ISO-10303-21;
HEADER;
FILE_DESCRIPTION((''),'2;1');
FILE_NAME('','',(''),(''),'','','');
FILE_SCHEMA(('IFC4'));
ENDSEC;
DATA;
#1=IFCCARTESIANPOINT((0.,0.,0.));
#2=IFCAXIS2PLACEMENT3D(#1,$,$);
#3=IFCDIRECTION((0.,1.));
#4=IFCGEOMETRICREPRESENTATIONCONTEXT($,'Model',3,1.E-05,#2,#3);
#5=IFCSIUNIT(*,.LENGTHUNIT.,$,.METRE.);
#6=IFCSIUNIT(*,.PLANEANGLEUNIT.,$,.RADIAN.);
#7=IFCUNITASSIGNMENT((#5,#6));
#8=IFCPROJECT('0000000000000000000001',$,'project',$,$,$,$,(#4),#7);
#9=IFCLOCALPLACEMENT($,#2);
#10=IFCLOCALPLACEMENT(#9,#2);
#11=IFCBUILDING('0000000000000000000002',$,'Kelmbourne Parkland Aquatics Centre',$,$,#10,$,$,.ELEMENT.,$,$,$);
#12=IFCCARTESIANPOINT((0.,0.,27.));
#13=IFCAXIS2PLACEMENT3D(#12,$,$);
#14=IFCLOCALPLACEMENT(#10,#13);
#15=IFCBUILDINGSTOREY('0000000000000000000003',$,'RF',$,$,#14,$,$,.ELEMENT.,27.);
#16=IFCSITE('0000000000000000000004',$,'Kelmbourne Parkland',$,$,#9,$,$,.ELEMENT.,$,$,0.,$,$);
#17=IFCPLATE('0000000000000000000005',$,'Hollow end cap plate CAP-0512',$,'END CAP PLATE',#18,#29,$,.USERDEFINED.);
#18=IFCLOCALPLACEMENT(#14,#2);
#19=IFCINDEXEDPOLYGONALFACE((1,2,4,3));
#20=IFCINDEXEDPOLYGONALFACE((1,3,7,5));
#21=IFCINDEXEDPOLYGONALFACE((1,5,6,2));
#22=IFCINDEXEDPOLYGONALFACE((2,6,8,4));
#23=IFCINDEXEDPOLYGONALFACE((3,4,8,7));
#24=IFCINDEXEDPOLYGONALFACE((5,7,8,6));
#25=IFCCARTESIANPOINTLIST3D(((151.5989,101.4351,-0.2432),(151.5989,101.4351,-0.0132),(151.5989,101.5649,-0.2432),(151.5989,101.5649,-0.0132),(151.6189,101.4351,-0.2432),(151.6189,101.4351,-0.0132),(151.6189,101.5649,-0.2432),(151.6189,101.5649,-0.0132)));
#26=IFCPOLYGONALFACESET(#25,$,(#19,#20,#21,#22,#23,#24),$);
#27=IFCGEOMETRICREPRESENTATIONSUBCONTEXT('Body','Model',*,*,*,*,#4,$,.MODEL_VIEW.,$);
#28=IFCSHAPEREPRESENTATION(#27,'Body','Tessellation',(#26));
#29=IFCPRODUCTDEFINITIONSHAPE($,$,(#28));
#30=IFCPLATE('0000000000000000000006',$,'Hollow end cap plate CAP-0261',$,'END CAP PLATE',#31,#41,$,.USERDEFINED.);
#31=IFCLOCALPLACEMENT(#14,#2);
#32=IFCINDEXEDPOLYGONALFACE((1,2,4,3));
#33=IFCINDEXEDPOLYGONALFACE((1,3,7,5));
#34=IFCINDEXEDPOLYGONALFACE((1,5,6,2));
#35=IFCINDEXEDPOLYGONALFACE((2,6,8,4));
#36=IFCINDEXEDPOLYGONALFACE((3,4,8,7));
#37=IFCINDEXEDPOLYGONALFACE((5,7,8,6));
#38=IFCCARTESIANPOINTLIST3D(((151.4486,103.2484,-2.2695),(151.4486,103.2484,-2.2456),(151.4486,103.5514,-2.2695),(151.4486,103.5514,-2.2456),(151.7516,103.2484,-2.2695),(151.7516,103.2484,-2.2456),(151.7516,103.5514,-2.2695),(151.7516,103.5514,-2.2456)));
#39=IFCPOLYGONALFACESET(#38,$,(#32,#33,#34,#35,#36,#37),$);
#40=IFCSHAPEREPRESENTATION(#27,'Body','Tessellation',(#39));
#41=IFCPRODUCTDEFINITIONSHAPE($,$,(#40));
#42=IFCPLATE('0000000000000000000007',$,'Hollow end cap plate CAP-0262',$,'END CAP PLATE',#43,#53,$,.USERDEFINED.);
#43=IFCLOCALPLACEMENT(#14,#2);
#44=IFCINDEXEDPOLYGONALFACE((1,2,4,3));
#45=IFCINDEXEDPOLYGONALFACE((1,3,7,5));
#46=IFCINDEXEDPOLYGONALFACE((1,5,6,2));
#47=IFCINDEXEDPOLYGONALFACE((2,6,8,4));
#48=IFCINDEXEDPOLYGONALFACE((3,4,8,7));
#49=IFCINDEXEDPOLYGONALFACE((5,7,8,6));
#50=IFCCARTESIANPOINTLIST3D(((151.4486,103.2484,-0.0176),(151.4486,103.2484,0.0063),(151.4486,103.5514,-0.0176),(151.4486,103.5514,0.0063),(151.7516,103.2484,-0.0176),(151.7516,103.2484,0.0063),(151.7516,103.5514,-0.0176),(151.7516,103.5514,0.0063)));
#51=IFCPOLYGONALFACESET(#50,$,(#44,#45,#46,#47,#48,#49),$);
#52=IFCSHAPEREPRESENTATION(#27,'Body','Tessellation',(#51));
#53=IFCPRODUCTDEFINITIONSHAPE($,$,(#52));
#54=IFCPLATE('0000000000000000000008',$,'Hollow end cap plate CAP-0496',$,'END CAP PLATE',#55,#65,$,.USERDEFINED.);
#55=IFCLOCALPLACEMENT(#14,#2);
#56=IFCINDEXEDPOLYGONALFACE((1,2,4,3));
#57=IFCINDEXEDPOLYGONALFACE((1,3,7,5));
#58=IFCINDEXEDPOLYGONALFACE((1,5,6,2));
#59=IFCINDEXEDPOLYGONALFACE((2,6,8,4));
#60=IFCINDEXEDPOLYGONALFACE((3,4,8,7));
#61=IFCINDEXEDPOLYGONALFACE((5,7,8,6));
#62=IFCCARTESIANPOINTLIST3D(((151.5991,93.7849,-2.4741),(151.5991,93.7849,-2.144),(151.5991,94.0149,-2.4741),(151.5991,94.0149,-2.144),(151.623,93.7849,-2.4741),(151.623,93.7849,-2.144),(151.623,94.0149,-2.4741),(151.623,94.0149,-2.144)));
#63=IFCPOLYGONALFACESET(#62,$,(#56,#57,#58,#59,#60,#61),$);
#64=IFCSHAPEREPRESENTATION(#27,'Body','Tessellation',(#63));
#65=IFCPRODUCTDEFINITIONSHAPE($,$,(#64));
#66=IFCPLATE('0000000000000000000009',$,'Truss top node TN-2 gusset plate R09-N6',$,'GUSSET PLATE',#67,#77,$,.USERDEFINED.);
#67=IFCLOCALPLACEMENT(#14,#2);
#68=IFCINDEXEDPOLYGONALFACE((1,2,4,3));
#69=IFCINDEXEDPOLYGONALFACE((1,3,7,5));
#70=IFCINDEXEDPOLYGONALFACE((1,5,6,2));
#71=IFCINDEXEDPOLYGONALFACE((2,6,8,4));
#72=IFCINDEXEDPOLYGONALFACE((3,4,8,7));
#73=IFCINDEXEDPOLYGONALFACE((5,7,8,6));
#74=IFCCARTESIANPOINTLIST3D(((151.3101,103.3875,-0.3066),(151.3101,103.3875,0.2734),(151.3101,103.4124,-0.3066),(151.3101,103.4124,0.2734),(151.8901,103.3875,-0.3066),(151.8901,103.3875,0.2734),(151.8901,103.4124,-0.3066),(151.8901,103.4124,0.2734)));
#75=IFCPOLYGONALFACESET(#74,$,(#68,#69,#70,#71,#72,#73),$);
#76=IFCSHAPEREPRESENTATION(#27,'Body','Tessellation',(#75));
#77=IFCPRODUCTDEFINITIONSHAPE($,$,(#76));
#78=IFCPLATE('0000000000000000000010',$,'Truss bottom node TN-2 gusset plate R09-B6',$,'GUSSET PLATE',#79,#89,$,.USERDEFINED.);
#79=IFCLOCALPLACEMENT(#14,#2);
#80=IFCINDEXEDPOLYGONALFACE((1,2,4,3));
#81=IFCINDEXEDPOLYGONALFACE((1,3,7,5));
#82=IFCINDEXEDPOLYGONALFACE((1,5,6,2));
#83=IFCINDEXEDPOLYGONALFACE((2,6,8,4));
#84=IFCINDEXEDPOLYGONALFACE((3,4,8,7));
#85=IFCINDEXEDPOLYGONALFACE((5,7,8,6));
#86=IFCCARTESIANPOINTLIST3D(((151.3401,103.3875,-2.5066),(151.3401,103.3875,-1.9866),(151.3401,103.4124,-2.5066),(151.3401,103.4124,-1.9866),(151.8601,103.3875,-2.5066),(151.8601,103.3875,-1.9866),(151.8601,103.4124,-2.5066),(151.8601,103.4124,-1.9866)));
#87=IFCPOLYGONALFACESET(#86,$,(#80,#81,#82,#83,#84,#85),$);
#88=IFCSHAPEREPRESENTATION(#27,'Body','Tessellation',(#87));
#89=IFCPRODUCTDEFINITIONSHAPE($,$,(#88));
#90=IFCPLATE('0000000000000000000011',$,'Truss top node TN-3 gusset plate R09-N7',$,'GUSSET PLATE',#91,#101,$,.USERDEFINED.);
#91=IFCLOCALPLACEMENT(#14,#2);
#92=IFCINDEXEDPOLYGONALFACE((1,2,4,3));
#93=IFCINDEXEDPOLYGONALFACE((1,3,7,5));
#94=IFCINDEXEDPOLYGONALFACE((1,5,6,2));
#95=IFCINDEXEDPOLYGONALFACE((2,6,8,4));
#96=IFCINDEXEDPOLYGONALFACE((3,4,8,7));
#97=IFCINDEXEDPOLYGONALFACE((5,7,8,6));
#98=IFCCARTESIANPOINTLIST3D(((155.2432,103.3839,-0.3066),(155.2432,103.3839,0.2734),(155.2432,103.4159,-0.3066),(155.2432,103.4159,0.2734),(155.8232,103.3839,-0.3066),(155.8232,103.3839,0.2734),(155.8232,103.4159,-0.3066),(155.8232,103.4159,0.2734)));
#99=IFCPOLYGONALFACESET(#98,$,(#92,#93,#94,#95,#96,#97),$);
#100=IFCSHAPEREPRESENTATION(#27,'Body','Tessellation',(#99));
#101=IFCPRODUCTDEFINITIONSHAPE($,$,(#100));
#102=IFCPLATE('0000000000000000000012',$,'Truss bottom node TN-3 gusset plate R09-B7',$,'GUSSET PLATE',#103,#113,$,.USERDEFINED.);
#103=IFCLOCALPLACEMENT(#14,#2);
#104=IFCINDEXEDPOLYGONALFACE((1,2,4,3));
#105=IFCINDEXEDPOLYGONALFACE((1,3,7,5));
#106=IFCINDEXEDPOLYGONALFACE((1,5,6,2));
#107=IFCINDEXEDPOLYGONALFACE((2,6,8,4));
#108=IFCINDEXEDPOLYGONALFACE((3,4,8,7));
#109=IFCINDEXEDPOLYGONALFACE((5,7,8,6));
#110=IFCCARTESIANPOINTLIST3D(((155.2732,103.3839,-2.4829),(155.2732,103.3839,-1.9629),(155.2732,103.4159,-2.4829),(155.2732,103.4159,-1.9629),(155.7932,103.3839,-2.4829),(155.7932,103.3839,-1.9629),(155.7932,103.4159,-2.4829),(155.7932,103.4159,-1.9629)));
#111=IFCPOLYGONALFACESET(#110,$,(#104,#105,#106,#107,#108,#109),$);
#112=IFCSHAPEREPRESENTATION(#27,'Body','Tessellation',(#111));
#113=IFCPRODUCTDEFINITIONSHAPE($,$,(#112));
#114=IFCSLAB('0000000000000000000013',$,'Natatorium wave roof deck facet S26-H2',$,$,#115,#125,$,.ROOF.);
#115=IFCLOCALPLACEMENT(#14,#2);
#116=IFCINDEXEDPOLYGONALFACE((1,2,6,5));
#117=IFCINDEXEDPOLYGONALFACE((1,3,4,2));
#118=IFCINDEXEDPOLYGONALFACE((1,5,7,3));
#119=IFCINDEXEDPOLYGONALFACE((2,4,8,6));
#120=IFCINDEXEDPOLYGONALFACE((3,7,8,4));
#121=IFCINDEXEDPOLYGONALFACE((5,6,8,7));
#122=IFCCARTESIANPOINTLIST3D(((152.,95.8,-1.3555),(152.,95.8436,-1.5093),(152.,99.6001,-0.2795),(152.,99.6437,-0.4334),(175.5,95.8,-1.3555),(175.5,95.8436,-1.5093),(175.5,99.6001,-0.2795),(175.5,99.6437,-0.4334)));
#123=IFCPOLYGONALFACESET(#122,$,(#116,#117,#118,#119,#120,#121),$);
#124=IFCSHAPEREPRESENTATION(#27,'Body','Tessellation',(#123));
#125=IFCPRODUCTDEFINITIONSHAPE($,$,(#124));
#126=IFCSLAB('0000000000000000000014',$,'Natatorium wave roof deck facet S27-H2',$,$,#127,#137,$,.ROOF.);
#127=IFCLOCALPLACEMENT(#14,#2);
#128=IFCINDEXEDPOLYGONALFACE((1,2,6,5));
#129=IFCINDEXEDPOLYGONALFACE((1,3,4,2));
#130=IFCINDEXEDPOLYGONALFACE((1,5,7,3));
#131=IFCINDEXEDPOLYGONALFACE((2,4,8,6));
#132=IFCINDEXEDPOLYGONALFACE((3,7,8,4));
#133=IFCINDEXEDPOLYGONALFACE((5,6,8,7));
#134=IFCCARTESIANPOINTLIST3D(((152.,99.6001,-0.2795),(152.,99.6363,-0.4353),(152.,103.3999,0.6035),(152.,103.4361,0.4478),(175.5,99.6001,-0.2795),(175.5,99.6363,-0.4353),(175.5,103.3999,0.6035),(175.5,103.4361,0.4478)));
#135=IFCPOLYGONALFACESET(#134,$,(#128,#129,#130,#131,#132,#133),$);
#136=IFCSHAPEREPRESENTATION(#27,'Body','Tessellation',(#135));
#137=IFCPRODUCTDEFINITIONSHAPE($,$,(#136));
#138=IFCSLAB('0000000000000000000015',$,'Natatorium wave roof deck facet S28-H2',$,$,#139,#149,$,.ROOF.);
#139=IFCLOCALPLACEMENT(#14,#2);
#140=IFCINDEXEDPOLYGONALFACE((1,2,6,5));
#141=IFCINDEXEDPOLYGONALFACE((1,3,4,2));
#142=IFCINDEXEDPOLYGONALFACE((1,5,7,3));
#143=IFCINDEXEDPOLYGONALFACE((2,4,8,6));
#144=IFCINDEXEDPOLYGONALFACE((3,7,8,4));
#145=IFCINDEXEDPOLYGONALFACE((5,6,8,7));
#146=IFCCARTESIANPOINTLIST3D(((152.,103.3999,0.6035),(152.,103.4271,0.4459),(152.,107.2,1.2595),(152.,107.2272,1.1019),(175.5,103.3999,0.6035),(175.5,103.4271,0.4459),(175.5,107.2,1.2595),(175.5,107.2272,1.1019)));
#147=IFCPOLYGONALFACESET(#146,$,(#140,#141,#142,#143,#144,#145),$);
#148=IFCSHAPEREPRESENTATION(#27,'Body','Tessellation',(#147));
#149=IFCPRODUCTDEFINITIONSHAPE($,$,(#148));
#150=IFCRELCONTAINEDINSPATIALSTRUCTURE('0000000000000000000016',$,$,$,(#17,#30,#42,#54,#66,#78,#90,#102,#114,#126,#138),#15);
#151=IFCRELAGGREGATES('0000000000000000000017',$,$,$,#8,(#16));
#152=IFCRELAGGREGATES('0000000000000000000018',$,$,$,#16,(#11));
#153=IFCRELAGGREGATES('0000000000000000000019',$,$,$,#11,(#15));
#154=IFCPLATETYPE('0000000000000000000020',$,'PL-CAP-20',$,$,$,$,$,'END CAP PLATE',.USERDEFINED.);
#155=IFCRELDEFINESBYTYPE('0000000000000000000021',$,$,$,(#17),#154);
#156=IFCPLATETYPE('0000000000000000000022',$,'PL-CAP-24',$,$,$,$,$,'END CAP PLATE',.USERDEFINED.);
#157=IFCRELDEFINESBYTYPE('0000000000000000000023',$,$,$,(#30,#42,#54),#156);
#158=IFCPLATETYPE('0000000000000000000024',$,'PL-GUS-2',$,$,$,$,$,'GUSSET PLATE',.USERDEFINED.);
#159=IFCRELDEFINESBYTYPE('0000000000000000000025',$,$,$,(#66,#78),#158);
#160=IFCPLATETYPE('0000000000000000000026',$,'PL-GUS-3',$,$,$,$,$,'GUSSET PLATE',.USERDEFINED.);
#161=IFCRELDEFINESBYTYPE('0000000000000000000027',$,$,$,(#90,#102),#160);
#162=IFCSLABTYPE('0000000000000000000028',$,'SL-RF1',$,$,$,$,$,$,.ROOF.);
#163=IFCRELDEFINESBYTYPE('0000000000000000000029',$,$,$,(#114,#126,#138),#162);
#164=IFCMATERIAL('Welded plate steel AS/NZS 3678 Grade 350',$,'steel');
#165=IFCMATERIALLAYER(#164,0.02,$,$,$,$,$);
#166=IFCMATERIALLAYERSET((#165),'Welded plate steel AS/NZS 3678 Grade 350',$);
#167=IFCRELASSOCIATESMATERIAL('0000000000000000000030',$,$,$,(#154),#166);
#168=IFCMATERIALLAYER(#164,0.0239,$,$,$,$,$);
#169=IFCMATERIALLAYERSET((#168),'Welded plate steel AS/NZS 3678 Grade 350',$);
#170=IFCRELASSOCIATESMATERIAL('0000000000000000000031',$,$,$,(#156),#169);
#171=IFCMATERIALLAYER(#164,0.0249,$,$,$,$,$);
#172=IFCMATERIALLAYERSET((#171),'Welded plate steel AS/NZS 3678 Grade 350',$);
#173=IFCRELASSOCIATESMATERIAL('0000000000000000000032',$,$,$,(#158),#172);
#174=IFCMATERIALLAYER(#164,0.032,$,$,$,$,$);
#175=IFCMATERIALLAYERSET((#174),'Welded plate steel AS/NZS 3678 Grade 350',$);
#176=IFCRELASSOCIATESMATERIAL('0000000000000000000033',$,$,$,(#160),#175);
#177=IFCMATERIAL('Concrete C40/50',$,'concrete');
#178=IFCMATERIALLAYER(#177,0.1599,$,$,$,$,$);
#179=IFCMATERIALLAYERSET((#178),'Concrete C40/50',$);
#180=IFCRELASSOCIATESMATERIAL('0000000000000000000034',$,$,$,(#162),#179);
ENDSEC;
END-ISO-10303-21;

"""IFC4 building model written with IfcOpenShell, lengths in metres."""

from ifc_helpers import new_model, si_unit, direction, frame, origin, origin_2d, place, context, subcontext, project, spatial, polyline, rectangle, outline, extrude, material, layer, layer_set, type_object, element, save


model = new_model("IFC4")

# Units and contexts
model_context = context("Model", 3, precision=1e-05, world=origin(), true_north=direction((0.0, 1.0)))
body_context = subcontext(model_context, "Body", "Model", "MODEL_VIEW")
ifc_project = project(units=[si_unit("LENGTHUNIT", "METRE"), si_unit("PLANEANGLEUNIT", "RADIAN")], contexts=[model_context])

# Site, building, storey
site_placement = place(None, origin())
site = spatial("IfcSite", under=ifc_project, at=site_placement, Name="Kelmbourne Parkland", CompositionType="ELEMENT", RefElevation=0.0)
building_placement = place(site_placement, origin())
building = spatial("IfcBuilding", under=site, at=building_placement, Name="Kelmbourne Parkland Aquatics Centre", CompositionType="ELEMENT")
storey_placement = place(building_placement, frame((0.0, 0.0, 27.0)))
storey = spatial("IfcBuildingStorey", under=building, at=storey_placement, Name="RF", CompositionType="ELEMENT", Elevation=27.0)

# Shared definitions
ifc_material_1 = material(Name="Welded plate steel AS/NZS 3678 Grade 350", Category="steel")

# Plates
ifc_layer_1 = layer(ifc_material_1, 0.02)
ifc_layer_set_1 = layer_set([ifc_layer_1], Name="Welded plate steel AS/NZS 3678 Grade 350")
plate_type_1 = type_object("IfcPlateType", Name="PL-CAP-20", ElementType="END CAP PLATE", PredefinedType="USERDEFINED", material=ifc_layer_set_1)
plate_1_placement = place(storey_placement, frame((151.6089, 101.5, -0.2432), z_axis=(0.0, 0.0, 1.0), x_axis=(1.0, 0.0, 0.0)))
element("IfcPlate", 1, at=plate_1_placement, inside=storey, type_object=plate_type_1, Name="Hollow end cap plate CAP-0512", ObjectType="END CAP PLATE", PredefinedType="USERDEFINED", context=body_context, shape_type="SweptSolid", body=[
    extrude(rectangle(XDim=0.02, YDim=0.1299, at=origin_2d()), origin(), (0.0, 0.0, 1.0), 0.23),
])
ifc_layer_2 = layer(ifc_material_1, 0.0239)
ifc_layer_set_2 = layer_set([ifc_layer_2], Name="Welded plate steel AS/NZS 3678 Grade 350")
plate_type_2 = type_object("IfcPlateType", Name="PL-CAP-24", ElementType="END CAP PLATE", PredefinedType="USERDEFINED", material=ifc_layer_set_2)
for number, where, z_axis, x_axis, name in (
    (2, (151.6001, 103.3999, -2.2695), (0.0, 0.0, 1.0), (1.0, 0.0, 0.0), "Hollow end cap plate CAP-0261"),
    (3, (151.6001, 103.3999, -0.0176), (0.0, 0.0, 1.0), (1.0, 0.0, 0.0), "Hollow end cap plate CAP-0262"),
):
    element("IfcPlate", number, at=place(storey_placement, frame(where, z_axis=z_axis, x_axis=x_axis)), inside=storey, type_object=plate_type_2, Name=name, ObjectType="END CAP PLATE", PredefinedType="USERDEFINED", context=body_context, shape_type="SweptSolid", body=[
        extrude(rectangle(XDim=0.303, YDim=0.303, at=origin_2d()), origin(), (0.0, 0.0, 1.0), 0.0239),
    ])
plate_2_placement = place(storey_placement, frame((151.6111, 93.8999, -2.4741), z_axis=(0.0, 0.0, 1.0), x_axis=(1.0, 0.0, 0.0)))
element("IfcPlate", 4, at=plate_2_placement, inside=storey, type_object=plate_type_2, Name="Hollow end cap plate CAP-0496", ObjectType="END CAP PLATE", PredefinedType="USERDEFINED", context=body_context, shape_type="SweptSolid", body=[
    extrude(rectangle(XDim=0.0239, YDim=0.23, at=origin_2d()), origin(), (0.0, 0.0, 1.0), 0.3301),
])
ifc_layer_3 = layer(ifc_material_1, 0.0249)
ifc_layer_set_3 = layer_set([ifc_layer_3], Name="Welded plate steel AS/NZS 3678 Grade 350")
plate_type_3 = type_object("IfcPlateType", Name="PL-GUS-2", ElementType="GUSSET PLATE", PredefinedType="USERDEFINED", material=ifc_layer_set_3)
plate_3_placement = place(storey_placement, frame((151.6001, 103.3999, -0.3066), z_axis=(0.0, 0.0, 1.0), x_axis=(1.0, 0.0, 0.0)))
element("IfcPlate", 5, at=plate_3_placement, inside=storey, type_object=plate_type_3, Name="Truss top node TN-2 gusset plate R09-N6", ObjectType="GUSSET PLATE", PredefinedType="USERDEFINED", context=body_context, shape_type="SweptSolid", body=[
    extrude(rectangle(XDim=0.5801, YDim=0.0249, at=origin_2d()), origin(), (0.0, 0.0, 1.0), 0.5801),
])
plate_4_placement = place(storey_placement, frame((151.6001, 103.3999, -2.5066), z_axis=(0.0, 0.0, 1.0), x_axis=(1.0, 0.0, 0.0)))
element("IfcPlate", 6, at=plate_4_placement, inside=storey, type_object=plate_type_3, Name="Truss bottom node TN-2 gusset plate R09-B6", ObjectType="GUSSET PLATE", PredefinedType="USERDEFINED", context=body_context, shape_type="SweptSolid", body=[
    extrude(rectangle(XDim=0.52, YDim=0.0249, at=origin_2d()), origin(), (0.0, 0.0, 1.0), 0.52),
])
ifc_layer_4 = layer(ifc_material_1, 0.032)
ifc_layer_set_4 = layer_set([ifc_layer_4], Name="Welded plate steel AS/NZS 3678 Grade 350")
plate_type_4 = type_object("IfcPlateType", Name="PL-GUS-3", ElementType="GUSSET PLATE", PredefinedType="USERDEFINED", material=ifc_layer_set_4)
plate_5_placement = place(storey_placement, frame((155.5332, 103.3999, -0.3066), z_axis=(0.0, 0.0, 1.0), x_axis=(1.0, 0.0, 0.0)))
element("IfcPlate", 7, at=plate_5_placement, inside=storey, type_object=plate_type_4, Name="Truss top node TN-3 gusset plate R09-N7", ObjectType="GUSSET PLATE", PredefinedType="USERDEFINED", context=body_context, shape_type="SweptSolid", body=[
    extrude(rectangle(XDim=0.5801, YDim=0.032, at=origin_2d()), origin(), (0.0, 0.0, 1.0), 0.5801),
])
plate_6_placement = place(storey_placement, frame((155.5332, 103.3999, -2.4829), z_axis=(0.0, 0.0, 1.0), x_axis=(1.0, 0.0, 0.0)))
element("IfcPlate", 8, at=plate_6_placement, inside=storey, type_object=plate_type_4, Name="Truss bottom node TN-3 gusset plate R09-B7", ObjectType="GUSSET PLATE", PredefinedType="USERDEFINED", context=body_context, shape_type="SweptSolid", body=[
    extrude(rectangle(XDim=0.52, YDim=0.032, at=origin_2d()), origin(), (0.0, 0.0, 1.0), 0.52),
])

# Slabs
ifc_material_2 = material(Name="Concrete C40/50", Category="concrete")
ifc_layer_5 = layer(ifc_material_2, 0.1599)
ifc_layer_set_5 = layer_set([ifc_layer_5], Name="Concrete C40/50")
slab_type = type_object("IfcSlabType", Name="SL-RF1", PredefinedType="ROOF", material=ifc_layer_set_5)
slab_1_placement = place(storey_placement, frame((152.0, 95.8, -1.3555), z_axis=(0.0, -0.272426, 0.962177), x_axis=(1.0, 0.0, 0.0)))
element("IfcSlab", 9, at=slab_1_placement, inside=storey, type_object=slab_type, Name="Natatorium wave roof deck facet S26-H2", PredefinedType="ROOF", context=body_context, shape_type="SweptSolid", body=[
    extrude(outline(polyline([(0.0, 0.0), (23.5, 0.0), (23.5, 3.9494), (0.0, 3.9494), (0.0, 0.0)])), origin(), (0.0, 0.0, -1.0), 0.1599),
])
slab_2_placement = place(storey_placement, frame((152.0, 99.6001, -0.2795), z_axis=(0.0, -0.226363, 0.974043), x_axis=(1.0, 0.0, 0.0)))
element("IfcSlab", 10, at=slab_2_placement, inside=storey, type_object=slab_type, Name="Natatorium wave roof deck facet S27-H2", PredefinedType="ROOF", context=body_context, shape_type="SweptSolid", body=[
    extrude(outline(polyline([(0.0, 0.0), (23.5, 0.0), (23.5, 3.9011), (0.0, 3.9011), (0.0, 0.0)])), origin(), (0.0, 0.0, -1.0), 0.1599),
])
slab_3_placement = place(storey_placement, frame((152.0, 103.3999, 0.6035), z_axis=(0.0, -0.170115, 0.985424), x_axis=(1.0, 0.0, 0.0)))
element("IfcSlab", 11, at=slab_3_placement, inside=storey, type_object=slab_type, Name="Natatorium wave roof deck facet S28-H2", PredefinedType="ROOF", context=body_context, shape_type="SweptSolid", body=[
    extrude(outline(polyline([(0.0, 0.0), (23.5, 0.0), (23.5, 3.8563), (0.0, 3.8563), (0.0, 0.0)])), origin(), (0.0, 0.0, -1.0), 0.1599),
])

save(model, "model.ifc")
